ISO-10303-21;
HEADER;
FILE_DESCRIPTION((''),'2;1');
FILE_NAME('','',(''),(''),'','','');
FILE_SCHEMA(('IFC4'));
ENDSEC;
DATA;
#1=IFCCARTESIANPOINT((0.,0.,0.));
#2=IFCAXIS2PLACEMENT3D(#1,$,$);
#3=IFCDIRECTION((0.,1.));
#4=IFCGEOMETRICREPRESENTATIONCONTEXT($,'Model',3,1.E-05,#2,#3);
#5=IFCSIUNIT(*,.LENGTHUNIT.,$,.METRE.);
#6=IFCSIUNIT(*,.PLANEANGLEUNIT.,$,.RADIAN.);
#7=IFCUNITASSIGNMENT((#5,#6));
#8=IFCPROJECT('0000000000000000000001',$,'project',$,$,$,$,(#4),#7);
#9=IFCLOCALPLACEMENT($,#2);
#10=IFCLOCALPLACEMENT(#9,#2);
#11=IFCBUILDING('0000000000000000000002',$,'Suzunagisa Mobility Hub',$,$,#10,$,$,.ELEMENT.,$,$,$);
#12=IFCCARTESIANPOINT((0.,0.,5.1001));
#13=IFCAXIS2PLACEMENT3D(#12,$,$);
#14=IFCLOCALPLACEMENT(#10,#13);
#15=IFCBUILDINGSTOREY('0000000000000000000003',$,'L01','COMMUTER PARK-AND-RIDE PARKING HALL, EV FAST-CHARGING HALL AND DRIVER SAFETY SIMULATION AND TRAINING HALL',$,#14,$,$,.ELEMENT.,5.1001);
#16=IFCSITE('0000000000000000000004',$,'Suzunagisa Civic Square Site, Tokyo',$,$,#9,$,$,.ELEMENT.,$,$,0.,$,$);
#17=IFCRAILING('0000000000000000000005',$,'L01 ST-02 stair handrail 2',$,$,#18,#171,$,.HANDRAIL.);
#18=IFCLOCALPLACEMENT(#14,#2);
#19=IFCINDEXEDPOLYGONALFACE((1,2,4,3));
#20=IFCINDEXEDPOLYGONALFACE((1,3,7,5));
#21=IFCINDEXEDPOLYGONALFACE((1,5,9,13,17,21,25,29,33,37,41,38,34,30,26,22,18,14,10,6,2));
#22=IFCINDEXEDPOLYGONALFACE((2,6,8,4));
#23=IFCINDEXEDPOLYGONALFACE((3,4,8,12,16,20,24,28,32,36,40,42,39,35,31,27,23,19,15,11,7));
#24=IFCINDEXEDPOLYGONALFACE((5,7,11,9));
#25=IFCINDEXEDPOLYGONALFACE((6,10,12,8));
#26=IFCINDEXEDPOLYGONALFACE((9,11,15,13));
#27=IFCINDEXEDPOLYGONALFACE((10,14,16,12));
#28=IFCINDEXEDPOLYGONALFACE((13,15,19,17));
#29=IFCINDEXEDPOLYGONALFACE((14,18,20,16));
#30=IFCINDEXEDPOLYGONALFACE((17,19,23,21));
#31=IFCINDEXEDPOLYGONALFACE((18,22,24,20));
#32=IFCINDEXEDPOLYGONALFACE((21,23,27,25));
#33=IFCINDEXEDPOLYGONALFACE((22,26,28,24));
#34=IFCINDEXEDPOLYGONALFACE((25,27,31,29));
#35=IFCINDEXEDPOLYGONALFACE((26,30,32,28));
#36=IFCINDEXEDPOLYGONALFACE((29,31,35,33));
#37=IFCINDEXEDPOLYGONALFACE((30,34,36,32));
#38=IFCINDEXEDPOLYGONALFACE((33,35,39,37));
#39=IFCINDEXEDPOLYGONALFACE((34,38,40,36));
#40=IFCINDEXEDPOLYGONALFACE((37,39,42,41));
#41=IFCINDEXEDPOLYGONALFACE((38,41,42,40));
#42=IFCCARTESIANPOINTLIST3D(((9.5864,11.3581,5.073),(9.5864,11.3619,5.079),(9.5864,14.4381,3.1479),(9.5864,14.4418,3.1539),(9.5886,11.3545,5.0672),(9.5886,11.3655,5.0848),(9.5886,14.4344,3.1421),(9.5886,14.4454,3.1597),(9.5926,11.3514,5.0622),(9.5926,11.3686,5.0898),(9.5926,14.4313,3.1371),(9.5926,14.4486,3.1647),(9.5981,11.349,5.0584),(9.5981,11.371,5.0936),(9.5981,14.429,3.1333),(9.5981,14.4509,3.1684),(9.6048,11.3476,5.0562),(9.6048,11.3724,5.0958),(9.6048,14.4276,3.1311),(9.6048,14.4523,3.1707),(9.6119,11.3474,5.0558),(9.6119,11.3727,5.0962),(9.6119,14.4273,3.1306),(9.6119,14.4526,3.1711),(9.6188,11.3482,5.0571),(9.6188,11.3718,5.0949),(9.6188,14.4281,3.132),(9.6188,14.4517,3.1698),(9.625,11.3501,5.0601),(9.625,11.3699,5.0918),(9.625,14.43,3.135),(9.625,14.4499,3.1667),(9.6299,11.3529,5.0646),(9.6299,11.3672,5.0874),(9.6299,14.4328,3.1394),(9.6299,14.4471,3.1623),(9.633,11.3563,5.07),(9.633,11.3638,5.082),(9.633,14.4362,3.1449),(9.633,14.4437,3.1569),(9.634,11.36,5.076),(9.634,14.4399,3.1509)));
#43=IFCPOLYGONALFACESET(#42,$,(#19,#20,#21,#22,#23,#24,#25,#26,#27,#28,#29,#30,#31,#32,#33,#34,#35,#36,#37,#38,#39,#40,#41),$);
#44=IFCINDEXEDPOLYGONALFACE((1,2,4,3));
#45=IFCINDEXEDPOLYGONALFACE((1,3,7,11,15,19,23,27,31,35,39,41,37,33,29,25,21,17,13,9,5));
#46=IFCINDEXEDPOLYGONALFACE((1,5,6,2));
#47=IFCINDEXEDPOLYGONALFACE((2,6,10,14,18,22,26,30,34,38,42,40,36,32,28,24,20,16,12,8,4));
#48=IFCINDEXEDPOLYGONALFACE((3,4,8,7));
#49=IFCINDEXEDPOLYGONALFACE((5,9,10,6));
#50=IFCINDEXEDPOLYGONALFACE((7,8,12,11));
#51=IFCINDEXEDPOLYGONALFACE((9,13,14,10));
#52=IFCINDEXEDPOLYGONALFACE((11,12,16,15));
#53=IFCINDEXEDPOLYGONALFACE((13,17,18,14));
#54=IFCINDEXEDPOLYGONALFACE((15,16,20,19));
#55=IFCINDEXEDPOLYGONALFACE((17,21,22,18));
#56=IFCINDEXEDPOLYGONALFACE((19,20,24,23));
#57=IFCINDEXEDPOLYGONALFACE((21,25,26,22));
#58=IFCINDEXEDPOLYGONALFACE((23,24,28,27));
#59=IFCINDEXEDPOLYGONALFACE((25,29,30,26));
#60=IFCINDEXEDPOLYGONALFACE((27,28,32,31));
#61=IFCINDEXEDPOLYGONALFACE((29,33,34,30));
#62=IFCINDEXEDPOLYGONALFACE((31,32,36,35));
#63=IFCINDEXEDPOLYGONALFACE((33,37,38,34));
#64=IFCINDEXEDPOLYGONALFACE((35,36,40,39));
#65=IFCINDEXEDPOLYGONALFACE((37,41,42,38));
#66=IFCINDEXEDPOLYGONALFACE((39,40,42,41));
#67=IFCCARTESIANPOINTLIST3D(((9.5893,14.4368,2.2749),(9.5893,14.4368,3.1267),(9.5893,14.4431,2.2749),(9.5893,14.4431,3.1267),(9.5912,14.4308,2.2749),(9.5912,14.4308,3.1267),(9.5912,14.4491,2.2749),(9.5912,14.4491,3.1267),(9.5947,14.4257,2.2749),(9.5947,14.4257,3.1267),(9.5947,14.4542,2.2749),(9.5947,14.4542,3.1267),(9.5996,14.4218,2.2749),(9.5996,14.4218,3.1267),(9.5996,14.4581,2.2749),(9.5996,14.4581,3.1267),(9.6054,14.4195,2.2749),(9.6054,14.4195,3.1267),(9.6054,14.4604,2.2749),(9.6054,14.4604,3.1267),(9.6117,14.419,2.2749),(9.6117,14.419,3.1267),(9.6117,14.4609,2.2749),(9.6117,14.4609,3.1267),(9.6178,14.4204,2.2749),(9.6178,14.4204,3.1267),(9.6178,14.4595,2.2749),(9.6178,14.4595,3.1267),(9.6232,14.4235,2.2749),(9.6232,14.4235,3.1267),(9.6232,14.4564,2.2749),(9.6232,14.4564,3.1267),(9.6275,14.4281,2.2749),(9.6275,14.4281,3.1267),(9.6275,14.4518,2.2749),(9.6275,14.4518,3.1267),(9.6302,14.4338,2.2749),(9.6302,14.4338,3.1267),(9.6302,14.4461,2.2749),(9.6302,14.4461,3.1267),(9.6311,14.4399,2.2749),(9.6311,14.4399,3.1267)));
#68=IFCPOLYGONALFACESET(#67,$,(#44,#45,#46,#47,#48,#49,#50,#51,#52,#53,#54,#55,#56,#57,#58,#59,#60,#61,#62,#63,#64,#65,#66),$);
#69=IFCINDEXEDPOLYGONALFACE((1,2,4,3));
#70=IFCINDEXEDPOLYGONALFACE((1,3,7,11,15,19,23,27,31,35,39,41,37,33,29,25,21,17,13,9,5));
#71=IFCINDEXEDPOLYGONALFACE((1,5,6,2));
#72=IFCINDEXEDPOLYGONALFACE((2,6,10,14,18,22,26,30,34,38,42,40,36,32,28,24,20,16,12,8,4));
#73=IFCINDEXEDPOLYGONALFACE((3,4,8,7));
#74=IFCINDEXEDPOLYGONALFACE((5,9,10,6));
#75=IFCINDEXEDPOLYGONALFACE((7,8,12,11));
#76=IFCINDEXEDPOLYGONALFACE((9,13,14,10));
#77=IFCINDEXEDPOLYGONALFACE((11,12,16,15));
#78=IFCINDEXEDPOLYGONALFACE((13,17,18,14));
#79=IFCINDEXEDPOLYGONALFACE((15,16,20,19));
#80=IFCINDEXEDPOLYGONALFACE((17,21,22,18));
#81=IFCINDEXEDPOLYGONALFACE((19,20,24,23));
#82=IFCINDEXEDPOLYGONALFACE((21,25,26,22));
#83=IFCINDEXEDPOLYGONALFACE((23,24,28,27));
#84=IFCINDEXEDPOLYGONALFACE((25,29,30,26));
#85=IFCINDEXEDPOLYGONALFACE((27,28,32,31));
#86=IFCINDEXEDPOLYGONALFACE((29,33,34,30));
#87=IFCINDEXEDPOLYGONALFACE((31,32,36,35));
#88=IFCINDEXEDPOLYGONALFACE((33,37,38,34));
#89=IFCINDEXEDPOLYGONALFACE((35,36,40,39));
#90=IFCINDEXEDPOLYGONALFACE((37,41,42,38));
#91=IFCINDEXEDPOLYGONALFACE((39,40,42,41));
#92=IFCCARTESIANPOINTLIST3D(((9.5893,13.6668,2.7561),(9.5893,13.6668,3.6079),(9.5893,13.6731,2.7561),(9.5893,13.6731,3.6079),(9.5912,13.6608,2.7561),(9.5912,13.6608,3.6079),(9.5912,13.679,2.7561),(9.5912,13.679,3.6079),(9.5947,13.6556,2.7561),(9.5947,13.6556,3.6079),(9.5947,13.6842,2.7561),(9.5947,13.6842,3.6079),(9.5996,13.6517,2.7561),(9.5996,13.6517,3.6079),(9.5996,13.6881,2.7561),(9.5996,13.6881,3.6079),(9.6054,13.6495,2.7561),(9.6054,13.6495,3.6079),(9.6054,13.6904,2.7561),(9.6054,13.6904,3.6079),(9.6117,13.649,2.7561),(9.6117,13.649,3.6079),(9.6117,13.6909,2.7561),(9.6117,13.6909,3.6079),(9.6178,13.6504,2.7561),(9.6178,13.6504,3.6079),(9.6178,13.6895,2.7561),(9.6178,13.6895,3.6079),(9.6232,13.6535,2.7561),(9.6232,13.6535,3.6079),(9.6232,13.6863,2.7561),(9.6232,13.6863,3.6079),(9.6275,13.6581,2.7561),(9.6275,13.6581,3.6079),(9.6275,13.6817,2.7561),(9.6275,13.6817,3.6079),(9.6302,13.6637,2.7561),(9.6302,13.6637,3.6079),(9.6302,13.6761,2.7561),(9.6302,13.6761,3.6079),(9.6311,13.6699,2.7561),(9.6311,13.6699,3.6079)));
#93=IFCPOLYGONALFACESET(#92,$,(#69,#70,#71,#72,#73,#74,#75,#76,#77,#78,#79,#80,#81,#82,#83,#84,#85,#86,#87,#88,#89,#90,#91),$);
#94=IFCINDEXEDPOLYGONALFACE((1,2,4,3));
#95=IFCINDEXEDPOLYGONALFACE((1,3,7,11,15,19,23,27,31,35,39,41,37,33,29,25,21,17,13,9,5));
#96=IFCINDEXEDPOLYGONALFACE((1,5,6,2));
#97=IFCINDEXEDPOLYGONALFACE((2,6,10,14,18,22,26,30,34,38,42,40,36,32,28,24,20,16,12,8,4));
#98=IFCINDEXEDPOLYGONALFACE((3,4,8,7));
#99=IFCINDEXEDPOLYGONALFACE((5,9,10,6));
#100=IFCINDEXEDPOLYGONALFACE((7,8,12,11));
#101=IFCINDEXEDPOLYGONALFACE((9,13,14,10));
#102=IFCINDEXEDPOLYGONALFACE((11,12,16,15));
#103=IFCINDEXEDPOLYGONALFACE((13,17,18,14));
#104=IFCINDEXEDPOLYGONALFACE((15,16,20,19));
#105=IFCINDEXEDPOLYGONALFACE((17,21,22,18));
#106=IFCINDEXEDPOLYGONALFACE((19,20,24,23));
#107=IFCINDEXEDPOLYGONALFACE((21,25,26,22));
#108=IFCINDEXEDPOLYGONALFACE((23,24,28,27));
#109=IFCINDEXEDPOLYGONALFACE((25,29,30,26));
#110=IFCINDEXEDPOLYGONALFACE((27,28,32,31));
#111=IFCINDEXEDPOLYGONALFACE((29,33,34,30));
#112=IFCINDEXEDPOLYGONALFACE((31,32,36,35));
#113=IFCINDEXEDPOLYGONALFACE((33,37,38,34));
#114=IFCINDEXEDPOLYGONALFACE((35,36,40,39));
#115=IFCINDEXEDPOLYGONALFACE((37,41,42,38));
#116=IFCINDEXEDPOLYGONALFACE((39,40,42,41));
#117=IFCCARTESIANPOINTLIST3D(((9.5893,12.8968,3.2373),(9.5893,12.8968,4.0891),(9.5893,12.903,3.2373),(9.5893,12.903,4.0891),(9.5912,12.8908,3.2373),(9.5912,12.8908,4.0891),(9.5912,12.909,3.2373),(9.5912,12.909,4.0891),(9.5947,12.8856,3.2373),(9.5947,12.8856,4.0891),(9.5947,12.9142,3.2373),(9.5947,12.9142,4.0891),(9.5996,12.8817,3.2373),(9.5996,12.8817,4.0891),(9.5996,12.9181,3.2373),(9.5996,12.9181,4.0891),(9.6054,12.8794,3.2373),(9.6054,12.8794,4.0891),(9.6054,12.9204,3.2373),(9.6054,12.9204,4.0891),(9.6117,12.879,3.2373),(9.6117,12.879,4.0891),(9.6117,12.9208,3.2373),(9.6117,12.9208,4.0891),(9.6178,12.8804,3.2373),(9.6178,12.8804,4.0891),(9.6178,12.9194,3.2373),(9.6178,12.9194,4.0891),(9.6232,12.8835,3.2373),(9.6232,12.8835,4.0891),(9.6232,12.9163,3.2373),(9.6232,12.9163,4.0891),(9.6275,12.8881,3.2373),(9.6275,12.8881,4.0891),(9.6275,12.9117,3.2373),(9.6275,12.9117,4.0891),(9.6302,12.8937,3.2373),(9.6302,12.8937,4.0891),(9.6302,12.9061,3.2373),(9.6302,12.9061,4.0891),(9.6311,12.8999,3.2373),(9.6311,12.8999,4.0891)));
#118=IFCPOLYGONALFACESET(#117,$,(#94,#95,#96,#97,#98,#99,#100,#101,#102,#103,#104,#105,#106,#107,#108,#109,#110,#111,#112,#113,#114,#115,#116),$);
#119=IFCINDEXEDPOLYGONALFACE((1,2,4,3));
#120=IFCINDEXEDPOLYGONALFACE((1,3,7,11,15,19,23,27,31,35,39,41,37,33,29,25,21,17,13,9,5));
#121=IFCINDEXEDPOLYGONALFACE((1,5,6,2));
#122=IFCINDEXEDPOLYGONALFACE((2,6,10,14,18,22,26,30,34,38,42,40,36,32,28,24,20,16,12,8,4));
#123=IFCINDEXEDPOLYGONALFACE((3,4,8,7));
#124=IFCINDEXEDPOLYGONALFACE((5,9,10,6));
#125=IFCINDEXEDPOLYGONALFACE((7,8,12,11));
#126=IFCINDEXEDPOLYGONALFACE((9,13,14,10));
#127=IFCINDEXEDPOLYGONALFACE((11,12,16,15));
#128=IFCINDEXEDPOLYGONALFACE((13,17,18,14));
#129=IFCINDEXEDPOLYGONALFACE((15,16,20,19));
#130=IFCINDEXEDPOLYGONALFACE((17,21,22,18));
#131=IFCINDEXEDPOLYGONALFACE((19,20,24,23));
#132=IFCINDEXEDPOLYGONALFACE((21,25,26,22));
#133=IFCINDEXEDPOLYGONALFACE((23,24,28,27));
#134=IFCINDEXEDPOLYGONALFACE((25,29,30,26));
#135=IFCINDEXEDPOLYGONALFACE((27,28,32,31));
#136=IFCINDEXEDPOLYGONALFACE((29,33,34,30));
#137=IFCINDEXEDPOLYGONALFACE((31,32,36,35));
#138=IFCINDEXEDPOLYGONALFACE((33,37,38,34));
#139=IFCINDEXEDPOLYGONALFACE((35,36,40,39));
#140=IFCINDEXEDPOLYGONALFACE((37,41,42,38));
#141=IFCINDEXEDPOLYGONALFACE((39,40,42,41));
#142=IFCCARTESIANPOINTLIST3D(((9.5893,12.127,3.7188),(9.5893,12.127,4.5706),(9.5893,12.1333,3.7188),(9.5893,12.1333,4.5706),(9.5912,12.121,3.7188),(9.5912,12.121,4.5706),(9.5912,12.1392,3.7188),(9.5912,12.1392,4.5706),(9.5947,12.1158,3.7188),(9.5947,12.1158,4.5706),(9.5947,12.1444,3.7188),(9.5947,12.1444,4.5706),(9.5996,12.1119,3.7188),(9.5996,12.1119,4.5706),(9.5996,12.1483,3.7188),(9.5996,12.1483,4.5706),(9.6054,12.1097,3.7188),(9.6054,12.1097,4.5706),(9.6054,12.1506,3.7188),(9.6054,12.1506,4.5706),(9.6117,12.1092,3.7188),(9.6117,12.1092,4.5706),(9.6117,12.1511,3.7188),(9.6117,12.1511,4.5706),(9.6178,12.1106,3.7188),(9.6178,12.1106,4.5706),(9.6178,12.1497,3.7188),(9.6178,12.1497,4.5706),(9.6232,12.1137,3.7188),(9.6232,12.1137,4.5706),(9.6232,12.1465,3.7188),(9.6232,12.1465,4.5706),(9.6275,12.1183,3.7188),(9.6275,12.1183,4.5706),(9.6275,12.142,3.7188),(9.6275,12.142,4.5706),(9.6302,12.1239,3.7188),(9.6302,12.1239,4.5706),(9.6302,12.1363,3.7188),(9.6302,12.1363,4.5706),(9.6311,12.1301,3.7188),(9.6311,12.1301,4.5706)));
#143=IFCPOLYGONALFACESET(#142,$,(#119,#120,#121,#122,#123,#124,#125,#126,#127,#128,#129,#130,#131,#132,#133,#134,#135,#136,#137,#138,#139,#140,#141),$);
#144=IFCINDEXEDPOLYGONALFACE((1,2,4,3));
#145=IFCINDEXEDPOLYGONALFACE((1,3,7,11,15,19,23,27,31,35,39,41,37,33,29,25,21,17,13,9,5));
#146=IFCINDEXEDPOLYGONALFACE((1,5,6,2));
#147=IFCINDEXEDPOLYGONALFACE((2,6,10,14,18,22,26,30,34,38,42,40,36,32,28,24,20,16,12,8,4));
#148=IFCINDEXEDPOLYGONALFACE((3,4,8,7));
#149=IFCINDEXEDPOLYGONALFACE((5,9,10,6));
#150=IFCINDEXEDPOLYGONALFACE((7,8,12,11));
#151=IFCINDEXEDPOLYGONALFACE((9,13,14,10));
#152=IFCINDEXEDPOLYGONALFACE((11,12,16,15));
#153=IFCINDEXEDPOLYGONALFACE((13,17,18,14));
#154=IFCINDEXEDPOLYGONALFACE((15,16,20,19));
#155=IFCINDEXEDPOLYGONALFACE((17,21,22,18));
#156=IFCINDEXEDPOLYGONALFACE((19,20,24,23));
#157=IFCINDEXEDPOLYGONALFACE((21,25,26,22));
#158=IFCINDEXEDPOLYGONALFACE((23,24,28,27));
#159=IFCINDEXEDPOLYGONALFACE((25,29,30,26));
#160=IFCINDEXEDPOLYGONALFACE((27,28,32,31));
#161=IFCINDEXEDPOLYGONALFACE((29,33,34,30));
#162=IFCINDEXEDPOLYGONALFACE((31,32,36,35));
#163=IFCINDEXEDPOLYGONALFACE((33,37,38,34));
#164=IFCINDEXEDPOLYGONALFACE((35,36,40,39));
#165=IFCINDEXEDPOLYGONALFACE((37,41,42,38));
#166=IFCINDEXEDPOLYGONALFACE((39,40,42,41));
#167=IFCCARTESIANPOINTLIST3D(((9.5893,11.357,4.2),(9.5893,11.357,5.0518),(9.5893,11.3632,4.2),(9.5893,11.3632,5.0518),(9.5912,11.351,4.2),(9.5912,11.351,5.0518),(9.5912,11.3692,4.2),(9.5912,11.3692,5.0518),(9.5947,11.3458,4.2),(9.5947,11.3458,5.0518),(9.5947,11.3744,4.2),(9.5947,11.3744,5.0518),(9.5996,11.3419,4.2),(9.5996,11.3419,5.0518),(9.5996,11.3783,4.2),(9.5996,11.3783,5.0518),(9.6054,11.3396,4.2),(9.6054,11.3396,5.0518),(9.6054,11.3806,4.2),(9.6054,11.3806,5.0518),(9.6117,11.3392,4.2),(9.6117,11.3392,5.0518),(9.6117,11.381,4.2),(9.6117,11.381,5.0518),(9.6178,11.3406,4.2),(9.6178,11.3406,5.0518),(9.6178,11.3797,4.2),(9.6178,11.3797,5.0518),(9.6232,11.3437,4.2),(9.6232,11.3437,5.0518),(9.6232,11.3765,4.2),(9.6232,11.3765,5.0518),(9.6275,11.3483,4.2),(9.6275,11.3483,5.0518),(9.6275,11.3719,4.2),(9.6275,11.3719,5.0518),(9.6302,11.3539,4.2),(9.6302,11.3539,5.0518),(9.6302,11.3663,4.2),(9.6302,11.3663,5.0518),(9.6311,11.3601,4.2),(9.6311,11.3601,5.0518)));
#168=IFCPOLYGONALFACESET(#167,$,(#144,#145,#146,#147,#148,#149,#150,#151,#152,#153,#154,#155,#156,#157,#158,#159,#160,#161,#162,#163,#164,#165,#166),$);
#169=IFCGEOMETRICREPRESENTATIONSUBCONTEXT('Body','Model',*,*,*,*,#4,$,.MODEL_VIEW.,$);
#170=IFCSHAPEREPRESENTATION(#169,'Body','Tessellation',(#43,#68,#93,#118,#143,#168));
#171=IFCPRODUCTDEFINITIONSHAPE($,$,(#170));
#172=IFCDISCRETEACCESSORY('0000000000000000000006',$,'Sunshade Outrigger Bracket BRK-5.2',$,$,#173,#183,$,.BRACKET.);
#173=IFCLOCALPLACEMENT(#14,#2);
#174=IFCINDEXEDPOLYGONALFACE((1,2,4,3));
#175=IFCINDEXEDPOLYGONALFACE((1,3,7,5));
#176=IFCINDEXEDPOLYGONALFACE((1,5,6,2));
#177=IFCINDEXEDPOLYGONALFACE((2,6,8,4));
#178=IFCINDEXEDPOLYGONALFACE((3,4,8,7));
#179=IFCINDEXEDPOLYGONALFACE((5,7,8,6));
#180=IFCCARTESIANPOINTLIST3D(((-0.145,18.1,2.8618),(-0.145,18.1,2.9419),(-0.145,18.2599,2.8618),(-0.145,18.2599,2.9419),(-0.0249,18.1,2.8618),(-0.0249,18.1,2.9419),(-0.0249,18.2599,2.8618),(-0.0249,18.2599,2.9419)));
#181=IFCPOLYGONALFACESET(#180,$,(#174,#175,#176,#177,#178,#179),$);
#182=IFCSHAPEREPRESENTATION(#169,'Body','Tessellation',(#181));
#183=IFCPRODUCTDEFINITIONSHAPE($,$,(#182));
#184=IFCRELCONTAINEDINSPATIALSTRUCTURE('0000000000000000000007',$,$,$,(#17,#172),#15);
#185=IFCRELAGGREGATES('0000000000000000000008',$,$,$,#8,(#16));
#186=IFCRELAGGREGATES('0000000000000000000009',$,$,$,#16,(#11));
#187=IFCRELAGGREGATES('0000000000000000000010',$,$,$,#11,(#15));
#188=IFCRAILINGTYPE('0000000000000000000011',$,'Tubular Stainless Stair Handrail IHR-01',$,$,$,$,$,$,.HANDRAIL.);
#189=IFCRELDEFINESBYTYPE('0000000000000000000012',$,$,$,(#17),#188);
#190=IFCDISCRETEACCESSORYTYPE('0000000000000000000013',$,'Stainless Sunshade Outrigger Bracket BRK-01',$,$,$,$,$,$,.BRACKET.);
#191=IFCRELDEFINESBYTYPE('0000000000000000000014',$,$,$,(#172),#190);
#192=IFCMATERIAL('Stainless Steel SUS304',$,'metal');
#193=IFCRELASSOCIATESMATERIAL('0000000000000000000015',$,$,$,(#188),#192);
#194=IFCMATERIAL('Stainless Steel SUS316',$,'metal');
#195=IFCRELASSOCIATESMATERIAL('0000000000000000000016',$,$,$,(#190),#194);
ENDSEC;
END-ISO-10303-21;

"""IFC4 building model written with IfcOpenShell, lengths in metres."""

from ifc_helpers import new_model, si_unit, direction, frame, origin, origin_2d, place, context, subcontext, project, spatial, rectangle, circle, extrude, material, type_object, element, save


model = new_model("IFC4")

# Units and contexts
model_context = context("Model", 3, precision=1e-05, world=origin(), true_north=direction((0.0, 1.0)))
body_context = subcontext(model_context, "Body", "Model", "MODEL_VIEW")
ifc_project = project(units=[si_unit("LENGTHUNIT", "METRE"), si_unit("PLANEANGLEUNIT", "RADIAN")], contexts=[model_context])

# Site, building, storey
site_placement = place(None, origin())
site = spatial("IfcSite", under=ifc_project, at=site_placement, Name="Suzunagisa Civic Square Site, Tokyo", CompositionType="ELEMENT", RefElevation=0.0)
building_placement = place(site_placement, origin())
building = spatial("IfcBuilding", under=site, at=building_placement, Name="Suzunagisa Mobility Hub", CompositionType="ELEMENT")
storey_placement = place(building_placement, frame((0.0, 0.0, 5.1001)))
storey = spatial("IfcBuildingStorey", under=building, at=storey_placement, Name="L01", Description="COMMUTER PARK-AND-RIDE PARKING HALL, EV FAST-CHARGING HALL AND DRIVER SAFETY SIMULATION AND TRAINING HALL", CompositionType="ELEMENT", Elevation=5.1001)

# Railing
ifc_material_1 = material(Name="Stainless Steel SUS304", Category="metal")
railing_type_1 = type_object("IfcRailingType", Name="Tubular Stainless Stair Handrail IHR-01", PredefinedType="HANDRAIL", material=ifc_material_1)
railing_1_placement = place(storey_placement, frame((9.6101, 14.4399, 2.2749)))
element("IfcRailing", 1, at=railing_1_placement, inside=storey, type_object=railing_type_1, Name="L01 ST-02 stair handrail 2", PredefinedType="HANDRAIL", context=body_context, shape_type="SweptSolid", body=[
    extrude(circle(Radius=0.0239, at=origin_2d()), frame((0.0, 0.0, 0.876), z_axis=(0.0, -0.847979, 0.530029), x_axis=(1.0, 0.0, 0.0)), (0.0, 0.0, 1.0), 3.6321),
    extrude(circle(Radius=0.021, at=origin_2d()), origin(), (0.0, 0.0, 1.0), 0.8518),
    extrude(circle(Radius=0.021, at=origin_2d()), frame((0.0, -0.77, 0.4812)), (0.0, 0.0, 1.0), 0.8518),
    extrude(circle(Radius=0.021, at=origin_2d()), frame((0.0, -1.54, 0.9624)), (0.0, 0.0, 1.0), 0.8518),
    extrude(circle(Radius=0.021, at=origin_2d()), frame((0.0, -2.3098, 1.4438)), (0.0, 0.0, 1.0), 0.8518),
    extrude(circle(Radius=0.021, at=origin_2d()), frame((0.0, -3.0798, 1.925)), (0.0, 0.0, 1.0), 0.8518),
])

# Discrete accessory
ifc_material_2 = material(Name="Stainless Steel SUS316", Category="metal")
discrete_accessory_type = type_object("IfcDiscreteAccessoryType", Name="Stainless Sunshade Outrigger Bracket BRK-01", PredefinedType="BRACKET", material=ifc_material_2)
discrete_accessory_placement = place(storey_placement, frame((-0.085, 18.1799, 2.8618), z_axis=(0.0, 0.0, 1.0), x_axis=(0.0, -1.0, 0.0)))
element("IfcDiscreteAccessory", 2, at=discrete_accessory_placement, inside=storey, type_object=discrete_accessory_type, Name="Sunshade Outrigger Bracket BRK-5.2", PredefinedType="BRACKET", context=body_context, shape_type="SweptSolid", body=[
    extrude(rectangle(XDim=0.1599, YDim=0.1201, at=origin_2d()), origin(), (0.0, 0.0, 1.0), 0.0801),
])

save(model, "model.ifc")
